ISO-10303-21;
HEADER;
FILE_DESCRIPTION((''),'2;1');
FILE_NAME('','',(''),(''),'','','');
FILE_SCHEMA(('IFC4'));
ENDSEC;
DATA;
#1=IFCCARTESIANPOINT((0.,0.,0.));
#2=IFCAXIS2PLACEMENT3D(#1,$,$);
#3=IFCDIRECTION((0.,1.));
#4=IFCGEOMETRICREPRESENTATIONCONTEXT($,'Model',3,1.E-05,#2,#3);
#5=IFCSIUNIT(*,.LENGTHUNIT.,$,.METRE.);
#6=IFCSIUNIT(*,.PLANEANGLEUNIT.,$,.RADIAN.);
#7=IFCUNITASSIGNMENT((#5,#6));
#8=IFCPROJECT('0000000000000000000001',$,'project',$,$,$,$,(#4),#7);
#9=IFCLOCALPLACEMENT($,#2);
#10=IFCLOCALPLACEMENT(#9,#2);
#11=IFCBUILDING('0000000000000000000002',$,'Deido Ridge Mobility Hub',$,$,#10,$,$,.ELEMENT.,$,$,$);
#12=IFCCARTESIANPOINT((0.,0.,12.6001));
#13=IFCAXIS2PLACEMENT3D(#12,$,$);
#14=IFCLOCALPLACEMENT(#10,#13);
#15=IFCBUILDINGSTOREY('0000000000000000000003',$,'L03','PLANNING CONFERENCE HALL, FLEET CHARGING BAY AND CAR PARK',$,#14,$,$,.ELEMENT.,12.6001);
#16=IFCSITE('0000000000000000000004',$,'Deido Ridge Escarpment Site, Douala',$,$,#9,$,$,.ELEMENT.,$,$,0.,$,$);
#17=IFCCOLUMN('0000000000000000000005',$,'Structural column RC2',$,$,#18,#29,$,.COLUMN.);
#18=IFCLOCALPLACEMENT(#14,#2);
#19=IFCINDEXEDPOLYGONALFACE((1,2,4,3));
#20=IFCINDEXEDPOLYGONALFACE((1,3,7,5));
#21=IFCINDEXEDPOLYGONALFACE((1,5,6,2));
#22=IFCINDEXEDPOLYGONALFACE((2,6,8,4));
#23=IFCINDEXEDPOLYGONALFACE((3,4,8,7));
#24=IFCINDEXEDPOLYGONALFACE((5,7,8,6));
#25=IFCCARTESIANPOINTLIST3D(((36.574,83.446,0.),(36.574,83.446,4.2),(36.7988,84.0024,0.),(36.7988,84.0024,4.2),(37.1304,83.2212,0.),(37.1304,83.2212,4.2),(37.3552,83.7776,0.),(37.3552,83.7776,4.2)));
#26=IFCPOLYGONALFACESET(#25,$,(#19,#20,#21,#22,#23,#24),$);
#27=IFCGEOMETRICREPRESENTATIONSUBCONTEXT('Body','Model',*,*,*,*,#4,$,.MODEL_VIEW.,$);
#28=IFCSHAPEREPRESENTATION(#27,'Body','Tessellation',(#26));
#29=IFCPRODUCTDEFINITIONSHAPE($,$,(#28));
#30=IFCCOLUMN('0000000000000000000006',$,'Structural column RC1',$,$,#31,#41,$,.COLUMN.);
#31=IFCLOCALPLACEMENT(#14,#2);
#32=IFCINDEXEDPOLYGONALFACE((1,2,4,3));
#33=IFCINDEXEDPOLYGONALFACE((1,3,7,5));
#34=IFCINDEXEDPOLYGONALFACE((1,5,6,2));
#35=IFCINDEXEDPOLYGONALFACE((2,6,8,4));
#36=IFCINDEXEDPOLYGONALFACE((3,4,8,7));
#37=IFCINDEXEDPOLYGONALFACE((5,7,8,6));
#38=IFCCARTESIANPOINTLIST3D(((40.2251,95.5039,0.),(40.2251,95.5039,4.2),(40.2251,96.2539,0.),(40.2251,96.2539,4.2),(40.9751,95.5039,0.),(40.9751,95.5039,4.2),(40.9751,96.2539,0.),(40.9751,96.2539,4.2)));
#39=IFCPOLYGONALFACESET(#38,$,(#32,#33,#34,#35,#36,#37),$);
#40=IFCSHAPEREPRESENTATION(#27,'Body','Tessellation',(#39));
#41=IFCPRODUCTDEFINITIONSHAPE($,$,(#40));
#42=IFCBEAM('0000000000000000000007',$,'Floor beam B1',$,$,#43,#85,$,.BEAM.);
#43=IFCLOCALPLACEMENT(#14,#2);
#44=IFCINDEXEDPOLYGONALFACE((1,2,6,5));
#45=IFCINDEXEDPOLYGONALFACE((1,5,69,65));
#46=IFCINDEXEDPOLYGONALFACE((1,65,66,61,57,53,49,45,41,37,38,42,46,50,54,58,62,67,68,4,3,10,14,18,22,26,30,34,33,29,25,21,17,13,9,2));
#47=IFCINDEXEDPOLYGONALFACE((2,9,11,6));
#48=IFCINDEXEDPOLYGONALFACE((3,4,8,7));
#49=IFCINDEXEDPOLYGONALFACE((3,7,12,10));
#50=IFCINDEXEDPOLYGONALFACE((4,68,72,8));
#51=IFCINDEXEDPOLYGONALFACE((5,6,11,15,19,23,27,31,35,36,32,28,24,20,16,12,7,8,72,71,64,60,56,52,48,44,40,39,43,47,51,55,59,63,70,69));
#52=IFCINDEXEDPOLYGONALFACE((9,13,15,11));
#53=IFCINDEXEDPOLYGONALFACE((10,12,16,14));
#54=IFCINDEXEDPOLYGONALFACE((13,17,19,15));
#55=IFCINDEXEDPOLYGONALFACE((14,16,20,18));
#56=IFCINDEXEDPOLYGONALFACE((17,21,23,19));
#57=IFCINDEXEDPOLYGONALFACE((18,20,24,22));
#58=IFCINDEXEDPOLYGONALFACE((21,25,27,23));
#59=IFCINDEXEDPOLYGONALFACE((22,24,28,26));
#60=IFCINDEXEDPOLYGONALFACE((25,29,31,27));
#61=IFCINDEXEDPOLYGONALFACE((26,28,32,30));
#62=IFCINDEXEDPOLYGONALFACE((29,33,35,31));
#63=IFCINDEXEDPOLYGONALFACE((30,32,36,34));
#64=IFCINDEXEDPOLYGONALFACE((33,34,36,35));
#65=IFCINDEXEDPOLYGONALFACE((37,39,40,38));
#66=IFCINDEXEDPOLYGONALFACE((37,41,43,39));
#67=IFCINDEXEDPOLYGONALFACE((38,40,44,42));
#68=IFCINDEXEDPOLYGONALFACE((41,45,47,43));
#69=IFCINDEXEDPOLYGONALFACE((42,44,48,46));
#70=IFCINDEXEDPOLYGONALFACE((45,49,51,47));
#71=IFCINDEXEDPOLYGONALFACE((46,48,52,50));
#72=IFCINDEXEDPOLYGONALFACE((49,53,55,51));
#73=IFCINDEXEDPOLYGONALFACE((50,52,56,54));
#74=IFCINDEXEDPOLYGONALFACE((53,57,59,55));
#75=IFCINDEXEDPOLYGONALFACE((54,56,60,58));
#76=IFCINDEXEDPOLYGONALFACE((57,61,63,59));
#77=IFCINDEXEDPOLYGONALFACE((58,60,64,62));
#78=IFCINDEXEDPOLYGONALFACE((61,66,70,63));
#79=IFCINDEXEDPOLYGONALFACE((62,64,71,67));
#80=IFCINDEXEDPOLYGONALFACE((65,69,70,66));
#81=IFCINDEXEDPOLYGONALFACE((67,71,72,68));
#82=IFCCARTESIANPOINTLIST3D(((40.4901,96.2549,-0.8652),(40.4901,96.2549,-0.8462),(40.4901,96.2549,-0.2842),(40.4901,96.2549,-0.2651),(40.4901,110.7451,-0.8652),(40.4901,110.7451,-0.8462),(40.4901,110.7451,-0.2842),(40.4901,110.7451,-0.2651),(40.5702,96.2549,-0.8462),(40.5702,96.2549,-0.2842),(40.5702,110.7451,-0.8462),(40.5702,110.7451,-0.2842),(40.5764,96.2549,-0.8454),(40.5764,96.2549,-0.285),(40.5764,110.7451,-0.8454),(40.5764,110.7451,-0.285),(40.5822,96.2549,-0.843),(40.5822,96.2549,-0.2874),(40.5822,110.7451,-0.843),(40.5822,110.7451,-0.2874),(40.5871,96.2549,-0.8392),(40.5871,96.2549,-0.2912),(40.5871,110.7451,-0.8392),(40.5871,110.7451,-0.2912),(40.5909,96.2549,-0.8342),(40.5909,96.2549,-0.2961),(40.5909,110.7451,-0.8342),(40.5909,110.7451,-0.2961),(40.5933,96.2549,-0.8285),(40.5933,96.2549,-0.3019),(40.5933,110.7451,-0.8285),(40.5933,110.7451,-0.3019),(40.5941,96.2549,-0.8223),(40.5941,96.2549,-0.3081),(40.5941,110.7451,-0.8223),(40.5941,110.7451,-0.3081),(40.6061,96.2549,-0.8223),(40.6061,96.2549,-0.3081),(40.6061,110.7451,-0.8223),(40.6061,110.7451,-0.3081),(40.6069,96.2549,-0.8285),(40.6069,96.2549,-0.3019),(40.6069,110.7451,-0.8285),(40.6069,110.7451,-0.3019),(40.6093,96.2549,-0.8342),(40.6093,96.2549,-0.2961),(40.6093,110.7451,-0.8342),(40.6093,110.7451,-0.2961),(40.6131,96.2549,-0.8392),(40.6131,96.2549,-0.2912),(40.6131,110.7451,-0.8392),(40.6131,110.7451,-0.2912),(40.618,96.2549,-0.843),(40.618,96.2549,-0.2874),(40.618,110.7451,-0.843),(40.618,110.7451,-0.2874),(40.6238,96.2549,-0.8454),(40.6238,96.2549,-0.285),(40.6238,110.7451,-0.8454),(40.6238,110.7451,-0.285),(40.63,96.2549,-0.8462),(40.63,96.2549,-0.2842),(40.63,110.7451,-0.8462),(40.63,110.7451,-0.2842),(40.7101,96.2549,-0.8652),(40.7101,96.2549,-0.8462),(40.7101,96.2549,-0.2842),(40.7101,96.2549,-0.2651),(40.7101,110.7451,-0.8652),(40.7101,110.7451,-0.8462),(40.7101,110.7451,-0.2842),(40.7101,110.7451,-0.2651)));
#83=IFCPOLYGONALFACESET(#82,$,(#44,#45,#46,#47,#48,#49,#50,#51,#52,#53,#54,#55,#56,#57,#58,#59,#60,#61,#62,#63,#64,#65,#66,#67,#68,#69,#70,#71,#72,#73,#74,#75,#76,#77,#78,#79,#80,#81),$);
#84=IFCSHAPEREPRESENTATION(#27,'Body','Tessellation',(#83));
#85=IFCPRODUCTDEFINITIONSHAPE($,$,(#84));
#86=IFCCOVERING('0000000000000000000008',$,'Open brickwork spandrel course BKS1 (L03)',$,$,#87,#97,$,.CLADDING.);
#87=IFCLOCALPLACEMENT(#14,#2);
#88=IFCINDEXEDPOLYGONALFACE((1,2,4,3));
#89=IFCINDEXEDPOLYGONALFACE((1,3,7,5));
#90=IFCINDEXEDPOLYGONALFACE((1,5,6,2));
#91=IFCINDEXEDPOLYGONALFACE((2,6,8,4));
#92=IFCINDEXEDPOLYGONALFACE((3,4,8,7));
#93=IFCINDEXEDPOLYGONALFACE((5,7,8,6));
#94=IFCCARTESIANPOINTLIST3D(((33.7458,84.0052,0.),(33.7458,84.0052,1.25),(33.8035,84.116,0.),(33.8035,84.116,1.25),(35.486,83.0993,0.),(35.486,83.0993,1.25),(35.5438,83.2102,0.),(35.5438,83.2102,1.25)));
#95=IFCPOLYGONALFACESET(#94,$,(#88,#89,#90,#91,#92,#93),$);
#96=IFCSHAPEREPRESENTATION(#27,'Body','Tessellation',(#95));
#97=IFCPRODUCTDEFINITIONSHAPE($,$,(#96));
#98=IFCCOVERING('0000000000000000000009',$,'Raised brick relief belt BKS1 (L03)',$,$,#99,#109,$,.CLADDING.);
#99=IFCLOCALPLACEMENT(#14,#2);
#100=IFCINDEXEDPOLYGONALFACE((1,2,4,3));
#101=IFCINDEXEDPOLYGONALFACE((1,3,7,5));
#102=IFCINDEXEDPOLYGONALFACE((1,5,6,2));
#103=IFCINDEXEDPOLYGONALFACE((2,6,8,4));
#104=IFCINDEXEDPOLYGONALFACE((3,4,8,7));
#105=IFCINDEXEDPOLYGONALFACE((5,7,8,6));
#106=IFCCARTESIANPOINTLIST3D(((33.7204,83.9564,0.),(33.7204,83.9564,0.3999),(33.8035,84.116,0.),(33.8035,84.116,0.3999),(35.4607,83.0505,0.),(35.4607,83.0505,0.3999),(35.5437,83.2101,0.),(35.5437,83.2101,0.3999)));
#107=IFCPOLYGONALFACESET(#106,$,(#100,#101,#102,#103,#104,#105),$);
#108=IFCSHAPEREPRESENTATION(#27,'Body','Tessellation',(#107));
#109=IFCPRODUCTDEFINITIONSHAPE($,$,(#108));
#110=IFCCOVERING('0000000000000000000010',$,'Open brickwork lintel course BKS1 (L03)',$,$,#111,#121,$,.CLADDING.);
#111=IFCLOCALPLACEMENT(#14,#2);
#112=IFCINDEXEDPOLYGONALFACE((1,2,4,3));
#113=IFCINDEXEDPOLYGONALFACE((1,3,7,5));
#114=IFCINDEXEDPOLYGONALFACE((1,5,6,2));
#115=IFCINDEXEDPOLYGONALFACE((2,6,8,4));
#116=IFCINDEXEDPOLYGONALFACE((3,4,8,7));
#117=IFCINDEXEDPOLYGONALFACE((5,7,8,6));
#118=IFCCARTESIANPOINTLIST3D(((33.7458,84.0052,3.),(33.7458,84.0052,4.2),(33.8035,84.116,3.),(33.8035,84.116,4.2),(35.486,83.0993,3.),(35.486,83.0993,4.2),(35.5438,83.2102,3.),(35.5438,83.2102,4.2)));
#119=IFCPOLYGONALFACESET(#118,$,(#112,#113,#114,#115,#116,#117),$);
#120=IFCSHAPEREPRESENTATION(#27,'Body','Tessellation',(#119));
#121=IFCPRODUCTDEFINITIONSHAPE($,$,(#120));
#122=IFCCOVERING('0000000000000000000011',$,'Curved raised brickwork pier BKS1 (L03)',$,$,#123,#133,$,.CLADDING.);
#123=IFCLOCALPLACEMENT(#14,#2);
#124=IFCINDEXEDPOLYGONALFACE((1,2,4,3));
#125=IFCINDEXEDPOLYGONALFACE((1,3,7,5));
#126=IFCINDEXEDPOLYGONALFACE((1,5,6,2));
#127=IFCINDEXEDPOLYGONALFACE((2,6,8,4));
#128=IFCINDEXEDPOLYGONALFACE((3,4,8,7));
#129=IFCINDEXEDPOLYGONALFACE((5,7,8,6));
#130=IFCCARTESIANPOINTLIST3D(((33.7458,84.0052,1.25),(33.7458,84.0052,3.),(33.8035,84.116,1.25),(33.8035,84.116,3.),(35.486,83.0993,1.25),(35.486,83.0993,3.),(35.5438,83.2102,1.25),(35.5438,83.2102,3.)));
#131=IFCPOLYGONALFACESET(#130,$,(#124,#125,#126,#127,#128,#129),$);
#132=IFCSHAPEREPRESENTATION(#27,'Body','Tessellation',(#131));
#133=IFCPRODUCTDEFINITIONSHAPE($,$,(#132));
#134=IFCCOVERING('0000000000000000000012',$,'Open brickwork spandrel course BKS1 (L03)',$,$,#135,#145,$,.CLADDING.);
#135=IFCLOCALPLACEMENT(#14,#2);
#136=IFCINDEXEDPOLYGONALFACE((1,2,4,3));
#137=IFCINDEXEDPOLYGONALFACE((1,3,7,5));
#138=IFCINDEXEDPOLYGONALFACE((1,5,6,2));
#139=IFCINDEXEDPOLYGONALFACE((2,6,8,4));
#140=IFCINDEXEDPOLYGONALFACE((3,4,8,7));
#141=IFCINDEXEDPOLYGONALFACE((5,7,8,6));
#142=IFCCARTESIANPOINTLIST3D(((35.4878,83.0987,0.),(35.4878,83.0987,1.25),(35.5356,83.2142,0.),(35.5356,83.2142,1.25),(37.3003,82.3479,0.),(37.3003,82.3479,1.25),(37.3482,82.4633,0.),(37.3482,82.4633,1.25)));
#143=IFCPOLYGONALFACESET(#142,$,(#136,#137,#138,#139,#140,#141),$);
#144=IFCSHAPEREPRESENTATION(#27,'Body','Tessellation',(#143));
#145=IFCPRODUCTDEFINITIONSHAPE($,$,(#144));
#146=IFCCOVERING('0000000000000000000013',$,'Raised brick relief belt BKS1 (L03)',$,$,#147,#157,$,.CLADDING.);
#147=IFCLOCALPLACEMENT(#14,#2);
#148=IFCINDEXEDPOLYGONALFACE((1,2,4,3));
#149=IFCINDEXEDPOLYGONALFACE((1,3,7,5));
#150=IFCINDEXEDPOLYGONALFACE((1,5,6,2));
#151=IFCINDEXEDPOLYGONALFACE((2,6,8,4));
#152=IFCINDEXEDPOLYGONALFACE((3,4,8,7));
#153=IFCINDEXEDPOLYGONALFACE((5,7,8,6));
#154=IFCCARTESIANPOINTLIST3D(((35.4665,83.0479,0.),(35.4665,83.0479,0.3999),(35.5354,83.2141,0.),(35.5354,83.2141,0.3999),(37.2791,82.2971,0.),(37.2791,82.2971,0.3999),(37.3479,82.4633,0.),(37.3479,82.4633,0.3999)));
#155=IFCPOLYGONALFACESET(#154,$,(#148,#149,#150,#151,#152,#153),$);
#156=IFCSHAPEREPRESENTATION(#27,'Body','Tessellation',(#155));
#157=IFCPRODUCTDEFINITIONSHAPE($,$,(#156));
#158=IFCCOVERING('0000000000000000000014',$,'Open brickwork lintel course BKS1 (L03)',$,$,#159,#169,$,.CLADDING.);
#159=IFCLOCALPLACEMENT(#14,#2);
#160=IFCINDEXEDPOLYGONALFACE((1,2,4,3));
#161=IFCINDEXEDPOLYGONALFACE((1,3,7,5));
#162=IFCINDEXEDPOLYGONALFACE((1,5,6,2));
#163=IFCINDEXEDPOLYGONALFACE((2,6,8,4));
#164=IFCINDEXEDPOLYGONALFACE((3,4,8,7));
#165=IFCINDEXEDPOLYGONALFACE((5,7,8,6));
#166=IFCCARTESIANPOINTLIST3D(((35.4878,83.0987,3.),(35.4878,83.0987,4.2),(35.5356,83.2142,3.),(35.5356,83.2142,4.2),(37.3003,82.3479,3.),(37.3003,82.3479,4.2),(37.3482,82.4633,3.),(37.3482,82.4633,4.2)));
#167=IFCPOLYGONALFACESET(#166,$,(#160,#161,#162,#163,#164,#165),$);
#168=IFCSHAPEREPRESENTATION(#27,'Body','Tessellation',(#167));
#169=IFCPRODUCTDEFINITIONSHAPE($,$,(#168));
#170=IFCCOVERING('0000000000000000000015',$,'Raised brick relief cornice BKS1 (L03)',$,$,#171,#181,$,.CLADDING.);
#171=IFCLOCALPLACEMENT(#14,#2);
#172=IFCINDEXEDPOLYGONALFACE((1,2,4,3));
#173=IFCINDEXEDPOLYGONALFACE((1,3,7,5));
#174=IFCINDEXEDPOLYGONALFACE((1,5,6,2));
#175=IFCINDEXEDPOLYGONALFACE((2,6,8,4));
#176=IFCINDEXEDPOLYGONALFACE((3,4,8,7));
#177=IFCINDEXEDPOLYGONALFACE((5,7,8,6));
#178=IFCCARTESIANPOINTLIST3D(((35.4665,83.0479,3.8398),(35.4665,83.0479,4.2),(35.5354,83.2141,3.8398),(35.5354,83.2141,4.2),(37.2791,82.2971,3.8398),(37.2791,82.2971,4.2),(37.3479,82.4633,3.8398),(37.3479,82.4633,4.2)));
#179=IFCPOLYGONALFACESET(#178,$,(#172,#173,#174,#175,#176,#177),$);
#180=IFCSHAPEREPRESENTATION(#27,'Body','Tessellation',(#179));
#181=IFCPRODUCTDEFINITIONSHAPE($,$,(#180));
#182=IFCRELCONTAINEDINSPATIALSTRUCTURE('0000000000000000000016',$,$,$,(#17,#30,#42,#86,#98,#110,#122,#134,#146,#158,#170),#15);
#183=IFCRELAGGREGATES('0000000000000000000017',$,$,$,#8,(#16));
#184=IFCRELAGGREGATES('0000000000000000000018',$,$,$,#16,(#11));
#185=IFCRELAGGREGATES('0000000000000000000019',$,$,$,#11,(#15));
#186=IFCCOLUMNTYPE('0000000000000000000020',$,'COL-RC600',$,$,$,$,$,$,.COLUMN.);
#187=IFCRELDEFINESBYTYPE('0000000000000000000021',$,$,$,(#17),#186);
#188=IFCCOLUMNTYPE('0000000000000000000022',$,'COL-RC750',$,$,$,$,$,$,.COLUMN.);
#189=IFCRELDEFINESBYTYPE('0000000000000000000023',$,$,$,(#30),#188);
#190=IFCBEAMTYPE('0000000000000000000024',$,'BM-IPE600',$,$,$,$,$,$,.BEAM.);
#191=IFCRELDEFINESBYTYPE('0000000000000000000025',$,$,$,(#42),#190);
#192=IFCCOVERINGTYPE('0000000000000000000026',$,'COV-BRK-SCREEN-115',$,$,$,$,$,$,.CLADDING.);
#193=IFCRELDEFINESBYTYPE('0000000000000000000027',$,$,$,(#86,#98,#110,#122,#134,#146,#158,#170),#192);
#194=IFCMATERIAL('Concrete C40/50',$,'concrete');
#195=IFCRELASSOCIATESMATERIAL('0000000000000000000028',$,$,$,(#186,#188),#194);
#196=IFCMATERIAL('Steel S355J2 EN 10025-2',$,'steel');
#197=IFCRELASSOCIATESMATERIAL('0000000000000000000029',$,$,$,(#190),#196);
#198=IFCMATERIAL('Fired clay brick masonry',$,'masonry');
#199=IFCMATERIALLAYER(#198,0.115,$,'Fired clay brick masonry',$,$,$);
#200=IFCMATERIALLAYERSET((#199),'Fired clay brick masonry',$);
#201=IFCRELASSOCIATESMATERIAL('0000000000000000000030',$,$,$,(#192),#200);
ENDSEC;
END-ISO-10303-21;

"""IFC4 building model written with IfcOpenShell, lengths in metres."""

from ifc_helpers import new_model, si_unit, direction, frame, origin, origin_2d, place, context, subcontext, project, spatial, rectangle, i_section, extrude, material, layer, layer_set, material_profile, profile_set, type_object, element, save


model = new_model("IFC4")

# Units and contexts
model_context = context("Model", 3, precision=1e-05, world=origin(), true_north=direction((0.0, 1.0)))
body_context = subcontext(model_context, "Body", "Model", "MODEL_VIEW")
ifc_project = project(units=[si_unit("LENGTHUNIT", "METRE"), si_unit("PLANEANGLEUNIT", "RADIAN")], contexts=[model_context])

# Site, building, storey
site_placement = place(None, origin())
site = spatial("IfcSite", under=ifc_project, at=site_placement, Name="Deido Ridge Escarpment Site, Douala", CompositionType="ELEMENT", RefElevation=0.0)
building_placement = place(site_placement, origin())
building = spatial("IfcBuilding", under=site, at=building_placement, Name="Deido Ridge Mobility Hub", CompositionType="ELEMENT")
storey_placement = place(building_placement, frame((0.0, 0.0, 12.6001)))
storey = spatial("IfcBuildingStorey", under=building, at=storey_placement, Name="L03", Description="PLANNING CONFERENCE HALL, FLEET CHARGING BAY AND CAR PARK", CompositionType="ELEMENT", Elevation=12.6001)

# Columns
ifc_material_1 = material(Name="Concrete C40/50", Category="concrete")
ifc_material_profile_1 = material_profile(ifc_material_1, rectangle(XDim=0.6001, YDim=0.6001, at=origin_2d()), Name="RC COL 600x600")
ifc_profile_set_1 = profile_set([ifc_material_profile_1], Name="Concrete C40/50")
column_type_1 = type_object("IfcColumnType", Name="COL-RC600", PredefinedType="COLUMN", material=ifc_profile_set_1)
column_1_placement = place(storey_placement, frame((36.9646, 83.6118, 0.0), z_axis=(0.0, 0.0, 1.0), x_axis=(-0.374607, -0.927184, 0.0)))
element("IfcColumn", 1, at=column_1_placement, inside=storey, type_object=column_type_1, Name="Structural column RC2", PredefinedType="COLUMN", context=body_context, shape_type="SweptSolid", body=[
    extrude(rectangle(XDim=0.6001, YDim=0.6001, at=origin_2d()), origin(), (0.0, 0.0, 1.0), 4.2),
])
ifc_material_profile_2 = material_profile(ifc_material_1, rectangle(XDim=0.75, YDim=0.75, at=origin_2d()), Name="RC COL 750x750")
ifc_profile_set_2 = profile_set([ifc_material_profile_2], Name="Concrete C40/50")
column_type_2 = type_object("IfcColumnType", Name="COL-RC750", PredefinedType="COLUMN", material=ifc_profile_set_2)
column_2_placement = place(storey_placement, frame((40.6001, 95.8789, 0.0), z_axis=(0.0, 0.0, 1.0), x_axis=(1.0, 0.0, 0.0)))
element("IfcColumn", 2, at=column_2_placement, inside=storey, type_object=column_type_2, Name="Structural column RC1", PredefinedType="COLUMN", context=body_context, shape_type="SweptSolid", body=[
    extrude(rectangle(XDim=0.75, YDim=0.75, at=origin_2d()), origin(), (0.0, 0.0, 1.0), 4.2),
])

# Beam
ifc_material_2 = material(Name="Steel S355J2 EN 10025-2", Category="steel")
ifc_material_profile_3 = material_profile(ifc_material_2, i_section(OverallWidth=0.22, OverallDepth=0.6001, WebThickness=0.012, FlangeThickness=0.019, FilletRadius=0.0239, at=origin_2d()), Name="IPE 600")
ifc_profile_set_3 = profile_set([ifc_material_profile_3], Name="Steel S355J2 EN 10025-2")
beam_type = type_object("IfcBeamType", Name="BM-IPE600", PredefinedType="BEAM", material=ifc_profile_set_3)
beam_placement = place(storey_placement, frame((40.6001, 96.2549, -0.5652), z_axis=(0.0, 1.0, 0.0), x_axis=(-1.0, 0.0, 0.0)))
element("IfcBeam", 3, at=beam_placement, inside=storey, type_object=beam_type, Name="Floor beam B1", PredefinedType="BEAM", context=body_context, shape_type="SweptSolid", body=[
    extrude(i_section(OverallWidth=0.22, OverallDepth=0.6001, WebThickness=0.012, FlangeThickness=0.019, FilletRadius=0.0239, at=origin_2d()), origin(), (0.0, 0.0, 1.0), 14.4902),
])

# Coverings
ifc_material_3 = material(Name="Fired clay brick masonry", Category="masonry")
ifc_layer = layer(ifc_material_3, 0.115, Name="Fired clay brick masonry")
ifc_layer_set = layer_set([ifc_layer], Name="Fired clay brick masonry")
covering_type = type_object("IfcCoveringType", Name="COV-BRK-SCREEN-115", PredefinedType="CLADDING", material=ifc_layer_set)
covering_1_placement = place(storey_placement, frame((34.6448, 83.6077, 0.0), z_axis=(0.0, 0.0, 1.0), x_axis=(0.887019, -0.461733, 0.0)))
element("IfcCovering", 4, at=covering_1_placement, inside=storey, type_object=covering_type, Name="Open brickwork spandrel course BKS1 (L03)", PredefinedType="CLADDING", context=body_context, shape_type="SweptSolid", body=[
    extrude(rectangle(XDim=1.9619, YDim=0.125, at=origin_2d()), origin(), (0.0, 0.0, 1.0), 1.25),
])
covering_2_placement = place(storey_placement, frame((34.6321, 83.5833, 0.0), z_axis=(0.0, 0.0, 1.0), x_axis=(0.887019, -0.461733, 0.0)))
element("IfcCovering", 5, at=covering_2_placement, inside=storey, type_object=covering_type, Name="Raised brick relief belt BKS1 (L03)", PredefinedType="CLADDING", context=body_context, shape_type="SweptSolid", body=[
    extrude(rectangle(XDim=1.9619, YDim=0.1799, at=origin_2d()), origin(), (0.0, 0.0, 1.0), 0.3999),
])
covering_3_placement = place(storey_placement, frame((34.6448, 83.6077, 3.0), z_axis=(0.0, 0.0, 1.0), x_axis=(0.887019, -0.461733, 0.0)))
element("IfcCovering", 6, at=covering_3_placement, inside=storey, type_object=covering_type, Name="Open brickwork lintel course BKS1 (L03)", PredefinedType="CLADDING", context=body_context, shape_type="SweptSolid", body=[
    extrude(rectangle(XDim=1.9619, YDim=0.125, at=origin_2d()), origin(), (0.0, 0.0, 1.0), 1.2),
])
covering_4_placement = place(storey_placement, frame((34.6448, 83.6077, 1.25), z_axis=(0.0, 0.0, 1.0), x_axis=(0.887019, -0.461733, 0.0)))
element("IfcCovering", 7, at=covering_4_placement, inside=storey, type_object=covering_type, Name="Curved raised brickwork pier BKS1 (L03)", PredefinedType="CLADDING", context=body_context, shape_type="SweptSolid", body=[
    extrude(rectangle(XDim=1.9619, YDim=0.125, at=origin_2d()), origin(), (0.0, 0.0, 1.0), 1.75),
])
covering_5_placement = place(storey_placement, frame((36.418, 82.781, 0.0), z_axis=(0.0, 0.0, 1.0), x_axis=(0.923873, -0.3827, 0.0)))
element("IfcCovering", 8, at=covering_5_placement, inside=storey, type_object=covering_type, Name="Open brickwork spandrel course BKS1 (L03)", PredefinedType="CLADDING", context=body_context, shape_type="SweptSolid", body=[
    extrude(rectangle(XDim=1.9619, YDim=0.125, at=origin_2d()), origin(), (0.0, 0.0, 1.0), 1.25),
])
covering_6_placement = place(storey_placement, frame((36.4072, 82.7556, 0.0), z_axis=(0.0, 0.0, 1.0), x_axis=(0.923873, -0.3827, 0.0)))
element("IfcCovering", 9, at=covering_6_placement, inside=storey, type_object=covering_type, Name="Raised brick relief belt BKS1 (L03)", PredefinedType="CLADDING", context=body_context, shape_type="SweptSolid", body=[
    extrude(rectangle(XDim=1.9619, YDim=0.1799, at=origin_2d()), origin(), (0.0, 0.0, 1.0), 0.3999),
])
covering_7_placement = place(storey_placement, frame((36.418, 82.781, 3.0), z_axis=(0.0, 0.0, 1.0), x_axis=(0.923873, -0.3827, 0.0)))
element("IfcCovering", 10, at=covering_7_placement, inside=storey, type_object=covering_type, Name="Open brickwork lintel course BKS1 (L03)", PredefinedType="CLADDING", context=body_context, shape_type="SweptSolid", body=[
    extrude(rectangle(XDim=1.9619, YDim=0.125, at=origin_2d()), origin(), (0.0, 0.0, 1.0), 1.2),
])
covering_8_placement = place(storey_placement, frame((36.4072, 82.7556, 3.8398), z_axis=(0.0, 0.0, 1.0), x_axis=(0.923873, -0.3827, 0.0)))
element("IfcCovering", 11, at=covering_8_placement, inside=storey, type_object=covering_type, Name="Raised brick relief cornice BKS1 (L03)", PredefinedType="CLADDING", context=body_context, shape_type="SweptSolid", body=[
    extrude(rectangle(XDim=1.9619, YDim=0.1799, at=origin_2d()), origin(), (0.0, 0.0, 1.0), 0.3601),
])

save(model, "model.ifc")
